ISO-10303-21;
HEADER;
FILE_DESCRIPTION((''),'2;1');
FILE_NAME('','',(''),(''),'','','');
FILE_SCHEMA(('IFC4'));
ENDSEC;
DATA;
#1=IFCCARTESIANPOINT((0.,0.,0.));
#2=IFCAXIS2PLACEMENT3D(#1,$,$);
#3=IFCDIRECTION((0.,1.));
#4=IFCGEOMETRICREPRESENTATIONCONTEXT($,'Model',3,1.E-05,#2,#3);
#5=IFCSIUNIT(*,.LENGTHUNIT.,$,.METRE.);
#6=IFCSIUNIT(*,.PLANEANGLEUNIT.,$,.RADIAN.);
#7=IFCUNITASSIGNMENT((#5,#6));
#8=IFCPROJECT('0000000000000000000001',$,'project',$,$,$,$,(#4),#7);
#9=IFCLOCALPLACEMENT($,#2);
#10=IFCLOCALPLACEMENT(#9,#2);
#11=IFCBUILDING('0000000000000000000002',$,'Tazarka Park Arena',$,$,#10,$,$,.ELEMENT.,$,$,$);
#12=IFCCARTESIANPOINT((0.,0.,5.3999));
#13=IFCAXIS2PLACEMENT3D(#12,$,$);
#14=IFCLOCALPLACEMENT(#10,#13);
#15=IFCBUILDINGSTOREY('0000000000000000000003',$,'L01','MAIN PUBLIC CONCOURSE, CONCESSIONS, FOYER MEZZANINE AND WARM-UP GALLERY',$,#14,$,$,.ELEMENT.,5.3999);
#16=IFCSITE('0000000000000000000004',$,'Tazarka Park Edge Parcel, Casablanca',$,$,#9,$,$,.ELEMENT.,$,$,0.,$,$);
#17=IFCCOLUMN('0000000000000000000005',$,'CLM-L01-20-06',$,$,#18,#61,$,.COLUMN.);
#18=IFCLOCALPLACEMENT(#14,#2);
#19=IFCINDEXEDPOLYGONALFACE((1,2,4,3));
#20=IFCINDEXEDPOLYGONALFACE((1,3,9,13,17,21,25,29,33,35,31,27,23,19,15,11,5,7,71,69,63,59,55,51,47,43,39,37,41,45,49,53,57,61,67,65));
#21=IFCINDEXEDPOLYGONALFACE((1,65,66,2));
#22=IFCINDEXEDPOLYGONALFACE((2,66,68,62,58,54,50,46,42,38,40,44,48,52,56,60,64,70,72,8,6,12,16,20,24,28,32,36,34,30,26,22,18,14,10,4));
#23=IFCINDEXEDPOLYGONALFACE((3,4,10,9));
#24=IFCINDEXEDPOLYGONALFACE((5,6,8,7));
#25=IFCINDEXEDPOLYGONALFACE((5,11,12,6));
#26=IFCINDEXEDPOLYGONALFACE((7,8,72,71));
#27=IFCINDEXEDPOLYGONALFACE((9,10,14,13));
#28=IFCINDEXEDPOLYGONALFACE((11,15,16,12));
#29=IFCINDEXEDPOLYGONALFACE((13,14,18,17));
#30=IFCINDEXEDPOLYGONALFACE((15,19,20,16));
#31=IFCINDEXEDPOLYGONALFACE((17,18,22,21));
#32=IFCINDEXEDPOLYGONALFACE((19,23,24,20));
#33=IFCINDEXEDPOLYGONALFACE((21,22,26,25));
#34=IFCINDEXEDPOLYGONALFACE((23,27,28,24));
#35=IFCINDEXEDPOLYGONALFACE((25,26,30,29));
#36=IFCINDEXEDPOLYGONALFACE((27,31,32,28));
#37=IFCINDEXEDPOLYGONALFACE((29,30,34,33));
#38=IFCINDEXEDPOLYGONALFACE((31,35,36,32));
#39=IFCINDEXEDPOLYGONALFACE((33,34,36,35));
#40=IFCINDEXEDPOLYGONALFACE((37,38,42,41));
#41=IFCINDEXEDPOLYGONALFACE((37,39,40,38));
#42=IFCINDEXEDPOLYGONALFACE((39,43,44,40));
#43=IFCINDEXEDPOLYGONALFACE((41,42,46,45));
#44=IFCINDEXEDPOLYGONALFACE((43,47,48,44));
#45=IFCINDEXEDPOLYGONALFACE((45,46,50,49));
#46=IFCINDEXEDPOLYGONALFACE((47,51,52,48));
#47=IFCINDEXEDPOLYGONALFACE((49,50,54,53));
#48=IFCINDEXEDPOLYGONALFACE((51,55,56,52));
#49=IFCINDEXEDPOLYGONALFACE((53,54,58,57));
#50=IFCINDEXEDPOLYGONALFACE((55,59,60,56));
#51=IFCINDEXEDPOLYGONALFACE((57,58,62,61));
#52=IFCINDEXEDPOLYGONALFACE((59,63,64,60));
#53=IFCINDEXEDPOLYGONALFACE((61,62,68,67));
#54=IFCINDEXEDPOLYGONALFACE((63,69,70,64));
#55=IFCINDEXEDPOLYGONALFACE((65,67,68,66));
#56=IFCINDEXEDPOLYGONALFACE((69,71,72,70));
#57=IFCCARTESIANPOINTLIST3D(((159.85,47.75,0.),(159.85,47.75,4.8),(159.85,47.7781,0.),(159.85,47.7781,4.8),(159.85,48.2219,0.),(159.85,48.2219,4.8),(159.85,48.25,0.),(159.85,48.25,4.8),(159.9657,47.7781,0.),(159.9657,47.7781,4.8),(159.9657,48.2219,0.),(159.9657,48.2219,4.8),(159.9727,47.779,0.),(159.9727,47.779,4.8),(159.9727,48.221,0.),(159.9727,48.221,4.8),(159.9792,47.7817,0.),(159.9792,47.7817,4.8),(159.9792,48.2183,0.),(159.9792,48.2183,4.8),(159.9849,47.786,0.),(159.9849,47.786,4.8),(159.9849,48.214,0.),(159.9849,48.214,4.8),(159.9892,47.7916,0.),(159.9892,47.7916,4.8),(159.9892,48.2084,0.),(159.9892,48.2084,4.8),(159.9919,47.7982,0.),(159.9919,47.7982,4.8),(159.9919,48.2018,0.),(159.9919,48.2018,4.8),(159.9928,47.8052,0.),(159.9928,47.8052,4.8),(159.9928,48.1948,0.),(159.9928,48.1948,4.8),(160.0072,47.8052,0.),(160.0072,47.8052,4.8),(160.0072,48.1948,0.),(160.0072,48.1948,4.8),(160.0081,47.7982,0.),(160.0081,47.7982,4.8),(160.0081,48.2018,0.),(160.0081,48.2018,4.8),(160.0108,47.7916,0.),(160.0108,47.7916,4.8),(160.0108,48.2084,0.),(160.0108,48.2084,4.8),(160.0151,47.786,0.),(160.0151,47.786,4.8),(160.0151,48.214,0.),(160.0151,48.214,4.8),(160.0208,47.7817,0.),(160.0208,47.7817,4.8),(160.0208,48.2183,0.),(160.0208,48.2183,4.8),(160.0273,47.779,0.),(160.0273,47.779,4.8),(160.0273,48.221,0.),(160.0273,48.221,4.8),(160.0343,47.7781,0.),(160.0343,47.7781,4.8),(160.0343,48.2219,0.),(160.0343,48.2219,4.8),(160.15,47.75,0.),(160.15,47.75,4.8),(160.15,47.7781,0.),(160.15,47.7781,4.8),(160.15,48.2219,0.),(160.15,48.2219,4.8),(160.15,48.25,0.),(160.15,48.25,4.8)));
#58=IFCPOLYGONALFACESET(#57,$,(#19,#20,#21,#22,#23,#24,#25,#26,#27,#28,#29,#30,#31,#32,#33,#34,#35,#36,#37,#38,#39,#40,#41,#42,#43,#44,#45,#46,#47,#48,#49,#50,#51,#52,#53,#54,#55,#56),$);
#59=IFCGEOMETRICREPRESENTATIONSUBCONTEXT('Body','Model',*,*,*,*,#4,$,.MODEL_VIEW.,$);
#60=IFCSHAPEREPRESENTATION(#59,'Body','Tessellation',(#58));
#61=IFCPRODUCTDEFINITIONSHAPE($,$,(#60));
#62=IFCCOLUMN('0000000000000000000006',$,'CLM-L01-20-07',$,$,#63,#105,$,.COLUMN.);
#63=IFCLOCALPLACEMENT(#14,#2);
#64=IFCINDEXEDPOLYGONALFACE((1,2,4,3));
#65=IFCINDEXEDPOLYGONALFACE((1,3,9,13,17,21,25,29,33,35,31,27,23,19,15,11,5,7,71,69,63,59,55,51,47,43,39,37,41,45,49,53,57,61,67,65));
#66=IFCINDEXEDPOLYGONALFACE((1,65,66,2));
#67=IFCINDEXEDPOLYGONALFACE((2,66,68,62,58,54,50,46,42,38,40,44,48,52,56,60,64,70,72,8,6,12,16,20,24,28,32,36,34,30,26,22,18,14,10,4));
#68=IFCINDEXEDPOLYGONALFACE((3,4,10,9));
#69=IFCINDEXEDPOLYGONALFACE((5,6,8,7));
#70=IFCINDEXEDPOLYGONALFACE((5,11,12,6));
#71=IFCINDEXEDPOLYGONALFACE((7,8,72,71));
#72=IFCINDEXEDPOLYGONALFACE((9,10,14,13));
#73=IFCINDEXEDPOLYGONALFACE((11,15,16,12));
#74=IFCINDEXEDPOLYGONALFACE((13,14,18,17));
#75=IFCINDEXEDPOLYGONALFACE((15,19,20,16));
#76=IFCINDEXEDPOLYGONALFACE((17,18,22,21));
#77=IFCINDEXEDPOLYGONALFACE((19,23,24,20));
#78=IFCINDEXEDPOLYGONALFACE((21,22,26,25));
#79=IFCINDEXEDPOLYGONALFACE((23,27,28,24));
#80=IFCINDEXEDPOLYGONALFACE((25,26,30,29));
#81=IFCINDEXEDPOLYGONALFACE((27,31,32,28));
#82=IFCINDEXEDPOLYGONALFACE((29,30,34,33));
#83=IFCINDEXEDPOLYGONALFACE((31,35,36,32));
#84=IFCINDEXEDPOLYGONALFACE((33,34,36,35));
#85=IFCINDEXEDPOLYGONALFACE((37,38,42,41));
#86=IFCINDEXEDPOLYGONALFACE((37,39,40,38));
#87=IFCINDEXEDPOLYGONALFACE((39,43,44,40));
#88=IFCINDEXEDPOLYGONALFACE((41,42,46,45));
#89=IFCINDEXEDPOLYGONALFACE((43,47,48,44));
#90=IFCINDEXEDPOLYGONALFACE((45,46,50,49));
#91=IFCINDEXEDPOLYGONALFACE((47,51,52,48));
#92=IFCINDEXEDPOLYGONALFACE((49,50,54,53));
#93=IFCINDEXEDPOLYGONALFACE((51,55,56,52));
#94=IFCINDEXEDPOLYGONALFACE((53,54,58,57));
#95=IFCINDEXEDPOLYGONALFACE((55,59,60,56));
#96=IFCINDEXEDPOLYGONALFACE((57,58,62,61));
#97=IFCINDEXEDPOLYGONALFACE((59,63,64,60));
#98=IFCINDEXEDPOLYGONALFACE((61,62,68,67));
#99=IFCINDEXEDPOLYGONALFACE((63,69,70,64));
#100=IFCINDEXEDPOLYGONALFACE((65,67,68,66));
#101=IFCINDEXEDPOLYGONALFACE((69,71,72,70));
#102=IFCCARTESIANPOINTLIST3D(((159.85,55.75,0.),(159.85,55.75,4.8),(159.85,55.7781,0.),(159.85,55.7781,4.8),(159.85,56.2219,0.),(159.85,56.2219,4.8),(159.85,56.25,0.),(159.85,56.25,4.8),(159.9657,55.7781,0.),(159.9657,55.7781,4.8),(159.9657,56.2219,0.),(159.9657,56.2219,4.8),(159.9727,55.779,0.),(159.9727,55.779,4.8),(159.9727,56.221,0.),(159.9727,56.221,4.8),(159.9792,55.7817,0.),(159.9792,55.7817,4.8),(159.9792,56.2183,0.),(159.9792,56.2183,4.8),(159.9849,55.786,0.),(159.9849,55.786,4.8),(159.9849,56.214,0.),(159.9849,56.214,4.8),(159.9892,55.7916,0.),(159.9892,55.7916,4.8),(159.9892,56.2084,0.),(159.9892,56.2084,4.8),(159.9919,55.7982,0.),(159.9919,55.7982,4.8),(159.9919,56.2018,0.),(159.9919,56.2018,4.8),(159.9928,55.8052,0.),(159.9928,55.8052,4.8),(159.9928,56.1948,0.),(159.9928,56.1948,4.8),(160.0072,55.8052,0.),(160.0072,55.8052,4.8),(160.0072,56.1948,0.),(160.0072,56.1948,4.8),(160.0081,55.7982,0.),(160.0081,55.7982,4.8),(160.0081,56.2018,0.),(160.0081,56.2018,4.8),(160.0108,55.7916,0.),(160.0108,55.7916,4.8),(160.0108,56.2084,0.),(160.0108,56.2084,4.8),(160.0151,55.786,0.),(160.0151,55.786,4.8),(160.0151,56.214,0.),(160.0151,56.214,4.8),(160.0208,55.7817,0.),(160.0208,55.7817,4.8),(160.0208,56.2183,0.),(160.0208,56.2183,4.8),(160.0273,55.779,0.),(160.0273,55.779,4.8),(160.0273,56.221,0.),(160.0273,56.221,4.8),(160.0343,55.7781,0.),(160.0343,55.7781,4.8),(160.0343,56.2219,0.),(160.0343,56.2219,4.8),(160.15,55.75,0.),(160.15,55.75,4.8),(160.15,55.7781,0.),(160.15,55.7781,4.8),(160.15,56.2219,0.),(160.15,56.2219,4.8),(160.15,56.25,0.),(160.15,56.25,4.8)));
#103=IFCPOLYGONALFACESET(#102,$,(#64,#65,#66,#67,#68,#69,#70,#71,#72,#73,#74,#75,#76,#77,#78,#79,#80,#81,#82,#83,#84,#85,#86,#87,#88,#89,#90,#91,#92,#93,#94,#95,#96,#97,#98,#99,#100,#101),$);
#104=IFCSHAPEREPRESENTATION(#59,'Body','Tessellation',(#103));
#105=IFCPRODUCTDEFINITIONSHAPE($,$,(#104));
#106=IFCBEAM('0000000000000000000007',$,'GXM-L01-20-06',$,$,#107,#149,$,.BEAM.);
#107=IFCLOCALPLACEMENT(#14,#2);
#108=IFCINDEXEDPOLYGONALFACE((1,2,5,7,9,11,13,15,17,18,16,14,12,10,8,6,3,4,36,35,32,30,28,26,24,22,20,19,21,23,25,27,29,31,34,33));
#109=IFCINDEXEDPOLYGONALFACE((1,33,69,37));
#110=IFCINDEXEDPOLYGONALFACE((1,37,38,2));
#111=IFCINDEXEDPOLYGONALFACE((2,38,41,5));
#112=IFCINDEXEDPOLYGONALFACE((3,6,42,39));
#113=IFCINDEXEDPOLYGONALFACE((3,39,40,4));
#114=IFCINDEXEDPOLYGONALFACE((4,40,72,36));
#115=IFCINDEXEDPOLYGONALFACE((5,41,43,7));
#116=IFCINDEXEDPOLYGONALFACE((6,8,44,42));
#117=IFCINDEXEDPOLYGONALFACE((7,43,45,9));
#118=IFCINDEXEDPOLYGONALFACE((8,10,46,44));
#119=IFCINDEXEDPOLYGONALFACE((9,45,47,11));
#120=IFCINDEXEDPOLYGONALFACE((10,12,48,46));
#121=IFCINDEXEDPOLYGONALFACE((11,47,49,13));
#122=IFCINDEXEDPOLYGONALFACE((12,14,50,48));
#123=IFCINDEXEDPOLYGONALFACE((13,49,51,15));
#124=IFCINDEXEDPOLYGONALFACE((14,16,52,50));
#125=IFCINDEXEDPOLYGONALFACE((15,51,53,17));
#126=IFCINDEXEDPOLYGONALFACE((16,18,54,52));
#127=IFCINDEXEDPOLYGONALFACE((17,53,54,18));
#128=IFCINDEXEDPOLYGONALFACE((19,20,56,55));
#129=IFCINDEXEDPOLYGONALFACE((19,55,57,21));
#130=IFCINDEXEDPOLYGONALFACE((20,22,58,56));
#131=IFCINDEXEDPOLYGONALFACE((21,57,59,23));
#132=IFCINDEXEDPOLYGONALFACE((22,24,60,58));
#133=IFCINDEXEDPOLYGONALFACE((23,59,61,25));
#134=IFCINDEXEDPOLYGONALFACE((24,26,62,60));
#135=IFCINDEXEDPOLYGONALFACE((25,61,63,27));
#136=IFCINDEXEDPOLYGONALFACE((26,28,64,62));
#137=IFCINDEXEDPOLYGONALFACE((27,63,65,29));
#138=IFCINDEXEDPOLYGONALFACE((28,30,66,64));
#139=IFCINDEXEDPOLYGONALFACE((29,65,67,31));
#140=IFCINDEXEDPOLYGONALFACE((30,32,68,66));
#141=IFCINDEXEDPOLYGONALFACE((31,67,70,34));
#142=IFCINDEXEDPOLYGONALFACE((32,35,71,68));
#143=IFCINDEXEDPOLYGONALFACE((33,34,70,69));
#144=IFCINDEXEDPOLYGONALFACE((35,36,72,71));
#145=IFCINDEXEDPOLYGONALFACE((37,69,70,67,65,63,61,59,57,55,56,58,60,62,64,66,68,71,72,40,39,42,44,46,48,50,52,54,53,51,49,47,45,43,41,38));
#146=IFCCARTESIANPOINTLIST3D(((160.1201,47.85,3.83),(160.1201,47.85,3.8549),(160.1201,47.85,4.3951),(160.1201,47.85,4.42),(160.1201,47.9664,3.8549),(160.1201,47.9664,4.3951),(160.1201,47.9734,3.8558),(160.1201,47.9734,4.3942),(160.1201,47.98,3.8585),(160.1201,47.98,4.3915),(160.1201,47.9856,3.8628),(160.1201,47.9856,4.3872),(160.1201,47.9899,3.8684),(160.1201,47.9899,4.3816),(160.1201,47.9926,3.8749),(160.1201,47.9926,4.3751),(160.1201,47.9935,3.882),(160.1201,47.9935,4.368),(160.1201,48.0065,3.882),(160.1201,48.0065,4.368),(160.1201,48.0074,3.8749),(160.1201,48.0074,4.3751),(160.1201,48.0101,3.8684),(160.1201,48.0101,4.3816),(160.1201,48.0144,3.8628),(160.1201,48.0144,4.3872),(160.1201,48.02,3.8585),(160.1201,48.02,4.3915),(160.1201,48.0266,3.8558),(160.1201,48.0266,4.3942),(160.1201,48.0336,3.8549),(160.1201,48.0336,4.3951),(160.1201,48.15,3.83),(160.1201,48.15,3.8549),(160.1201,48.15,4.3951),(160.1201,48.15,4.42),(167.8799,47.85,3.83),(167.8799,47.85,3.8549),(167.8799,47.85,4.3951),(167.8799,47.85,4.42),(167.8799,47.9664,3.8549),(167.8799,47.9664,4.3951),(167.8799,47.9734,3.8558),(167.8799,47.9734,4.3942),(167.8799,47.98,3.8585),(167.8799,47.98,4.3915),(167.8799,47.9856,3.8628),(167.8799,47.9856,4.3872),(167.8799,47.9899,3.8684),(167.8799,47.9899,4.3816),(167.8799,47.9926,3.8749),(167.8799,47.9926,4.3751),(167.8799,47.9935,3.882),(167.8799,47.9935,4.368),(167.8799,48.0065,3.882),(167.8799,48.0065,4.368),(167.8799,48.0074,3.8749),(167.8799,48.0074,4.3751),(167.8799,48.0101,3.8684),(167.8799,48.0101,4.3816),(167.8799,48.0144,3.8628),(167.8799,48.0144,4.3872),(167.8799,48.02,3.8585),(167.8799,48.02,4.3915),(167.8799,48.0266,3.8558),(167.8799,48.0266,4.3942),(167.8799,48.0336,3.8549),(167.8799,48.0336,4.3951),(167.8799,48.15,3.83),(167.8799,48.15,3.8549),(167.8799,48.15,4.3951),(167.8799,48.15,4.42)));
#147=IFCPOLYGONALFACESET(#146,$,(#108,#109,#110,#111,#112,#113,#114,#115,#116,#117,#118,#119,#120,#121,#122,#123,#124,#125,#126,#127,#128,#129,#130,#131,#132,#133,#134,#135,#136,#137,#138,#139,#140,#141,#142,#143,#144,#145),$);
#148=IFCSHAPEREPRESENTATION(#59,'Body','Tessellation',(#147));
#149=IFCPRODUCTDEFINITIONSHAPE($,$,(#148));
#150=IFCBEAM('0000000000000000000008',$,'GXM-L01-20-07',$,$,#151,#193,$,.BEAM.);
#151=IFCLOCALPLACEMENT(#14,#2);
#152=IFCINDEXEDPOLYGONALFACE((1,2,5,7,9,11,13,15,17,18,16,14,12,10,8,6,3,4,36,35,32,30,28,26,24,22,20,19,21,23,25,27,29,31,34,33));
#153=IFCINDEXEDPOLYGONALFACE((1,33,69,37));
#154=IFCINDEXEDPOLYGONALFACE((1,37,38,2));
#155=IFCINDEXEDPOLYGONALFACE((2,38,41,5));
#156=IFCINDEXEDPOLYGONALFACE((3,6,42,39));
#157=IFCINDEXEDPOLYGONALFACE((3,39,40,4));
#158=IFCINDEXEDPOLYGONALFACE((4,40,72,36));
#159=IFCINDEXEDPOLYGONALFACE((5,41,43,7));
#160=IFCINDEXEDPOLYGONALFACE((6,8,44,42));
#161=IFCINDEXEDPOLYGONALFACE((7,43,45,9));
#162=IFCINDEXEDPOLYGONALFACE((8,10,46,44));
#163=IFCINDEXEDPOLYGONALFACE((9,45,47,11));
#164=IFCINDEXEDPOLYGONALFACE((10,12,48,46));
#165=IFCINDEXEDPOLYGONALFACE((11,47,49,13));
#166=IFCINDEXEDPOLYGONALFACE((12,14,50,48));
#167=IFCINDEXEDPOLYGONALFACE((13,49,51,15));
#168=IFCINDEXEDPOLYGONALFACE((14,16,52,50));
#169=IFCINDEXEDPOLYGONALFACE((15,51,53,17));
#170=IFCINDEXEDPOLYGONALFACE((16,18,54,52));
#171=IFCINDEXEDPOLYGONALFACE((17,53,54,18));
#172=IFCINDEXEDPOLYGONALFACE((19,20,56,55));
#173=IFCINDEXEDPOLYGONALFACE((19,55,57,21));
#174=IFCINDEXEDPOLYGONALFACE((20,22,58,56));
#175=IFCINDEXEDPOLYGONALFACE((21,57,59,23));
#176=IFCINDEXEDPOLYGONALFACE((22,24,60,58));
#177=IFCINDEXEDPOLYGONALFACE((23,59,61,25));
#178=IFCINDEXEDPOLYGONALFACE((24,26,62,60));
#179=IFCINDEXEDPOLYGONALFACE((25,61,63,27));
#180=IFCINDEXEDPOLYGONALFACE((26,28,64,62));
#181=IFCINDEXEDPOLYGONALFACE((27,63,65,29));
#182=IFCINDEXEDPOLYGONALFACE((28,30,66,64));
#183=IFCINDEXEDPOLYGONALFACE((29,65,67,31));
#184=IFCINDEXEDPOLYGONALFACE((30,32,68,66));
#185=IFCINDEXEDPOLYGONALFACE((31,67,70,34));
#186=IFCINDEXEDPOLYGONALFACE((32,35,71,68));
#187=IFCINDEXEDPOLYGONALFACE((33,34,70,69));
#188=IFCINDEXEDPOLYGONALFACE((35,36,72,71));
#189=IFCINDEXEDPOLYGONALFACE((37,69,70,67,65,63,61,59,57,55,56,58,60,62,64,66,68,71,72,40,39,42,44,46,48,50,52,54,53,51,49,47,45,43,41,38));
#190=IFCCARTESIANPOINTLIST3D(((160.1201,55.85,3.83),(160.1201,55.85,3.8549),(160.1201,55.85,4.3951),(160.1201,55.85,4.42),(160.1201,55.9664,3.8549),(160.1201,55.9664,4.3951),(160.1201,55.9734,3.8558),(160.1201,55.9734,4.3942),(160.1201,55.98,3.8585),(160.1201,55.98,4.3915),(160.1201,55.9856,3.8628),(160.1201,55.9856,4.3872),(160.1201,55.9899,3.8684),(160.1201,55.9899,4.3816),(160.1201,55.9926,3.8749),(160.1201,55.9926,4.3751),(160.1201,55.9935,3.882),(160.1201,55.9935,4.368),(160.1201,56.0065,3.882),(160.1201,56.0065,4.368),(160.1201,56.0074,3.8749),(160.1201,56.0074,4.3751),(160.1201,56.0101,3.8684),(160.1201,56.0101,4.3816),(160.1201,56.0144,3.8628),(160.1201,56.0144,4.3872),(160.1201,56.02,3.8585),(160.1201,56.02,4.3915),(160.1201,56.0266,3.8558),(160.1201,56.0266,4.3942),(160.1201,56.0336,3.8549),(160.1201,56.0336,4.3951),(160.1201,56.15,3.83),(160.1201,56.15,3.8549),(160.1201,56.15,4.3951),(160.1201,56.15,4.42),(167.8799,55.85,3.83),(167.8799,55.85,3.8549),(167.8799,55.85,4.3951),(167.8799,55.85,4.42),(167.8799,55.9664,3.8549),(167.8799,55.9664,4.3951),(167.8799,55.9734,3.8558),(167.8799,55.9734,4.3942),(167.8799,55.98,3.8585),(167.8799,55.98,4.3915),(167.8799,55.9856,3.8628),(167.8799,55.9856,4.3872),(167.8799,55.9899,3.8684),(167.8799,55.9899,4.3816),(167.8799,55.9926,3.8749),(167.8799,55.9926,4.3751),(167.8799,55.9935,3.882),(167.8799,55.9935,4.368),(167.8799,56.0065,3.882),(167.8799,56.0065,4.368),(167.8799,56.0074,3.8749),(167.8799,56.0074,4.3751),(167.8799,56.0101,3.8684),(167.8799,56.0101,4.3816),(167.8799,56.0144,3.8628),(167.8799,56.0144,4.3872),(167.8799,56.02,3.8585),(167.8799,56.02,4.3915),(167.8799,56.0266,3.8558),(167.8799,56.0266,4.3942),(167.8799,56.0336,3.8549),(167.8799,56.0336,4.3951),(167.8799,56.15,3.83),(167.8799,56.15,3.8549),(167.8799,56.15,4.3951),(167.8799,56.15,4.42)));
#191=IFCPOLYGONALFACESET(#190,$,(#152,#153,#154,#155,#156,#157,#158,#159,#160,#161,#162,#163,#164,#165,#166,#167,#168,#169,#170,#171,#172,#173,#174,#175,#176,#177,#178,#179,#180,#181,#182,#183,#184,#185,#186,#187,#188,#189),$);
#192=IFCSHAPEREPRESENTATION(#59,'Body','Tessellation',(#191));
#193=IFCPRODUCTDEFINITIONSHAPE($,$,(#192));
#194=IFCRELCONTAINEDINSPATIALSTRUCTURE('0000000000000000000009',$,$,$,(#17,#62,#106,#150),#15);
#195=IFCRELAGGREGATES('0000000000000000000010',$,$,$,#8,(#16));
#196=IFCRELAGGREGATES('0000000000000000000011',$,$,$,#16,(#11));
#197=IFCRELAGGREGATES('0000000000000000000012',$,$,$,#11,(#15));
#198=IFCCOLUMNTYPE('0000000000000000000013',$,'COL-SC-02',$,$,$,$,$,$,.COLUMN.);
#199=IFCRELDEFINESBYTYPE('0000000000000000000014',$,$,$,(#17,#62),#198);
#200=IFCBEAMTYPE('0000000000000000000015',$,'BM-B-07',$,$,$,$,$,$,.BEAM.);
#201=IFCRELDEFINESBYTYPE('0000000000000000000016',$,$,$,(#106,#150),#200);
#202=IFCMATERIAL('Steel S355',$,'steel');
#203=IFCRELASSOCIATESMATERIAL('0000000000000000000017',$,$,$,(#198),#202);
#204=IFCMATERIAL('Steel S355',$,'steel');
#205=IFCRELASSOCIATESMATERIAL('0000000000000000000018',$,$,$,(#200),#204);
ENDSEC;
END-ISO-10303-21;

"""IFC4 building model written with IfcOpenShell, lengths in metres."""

from ifc_helpers import new_model, si_unit, direction, frame, origin, origin_2d, place, context, subcontext, project, spatial, i_section, extrude, material, material_profile, profile_set, type_object, element, save


model = new_model("IFC4")

# Units and contexts
model_context = context("Model", 3, precision=1e-05, world=origin(), true_north=direction((0.0, 1.0)))
body_context = subcontext(model_context, "Body", "Model", "MODEL_VIEW")
ifc_project = project(units=[si_unit("LENGTHUNIT", "METRE"), si_unit("PLANEANGLEUNIT", "RADIAN")], contexts=[model_context])

# Site, building, storey
site_placement = place(None, origin())
site = spatial("IfcSite", under=ifc_project, at=site_placement, Name="Tazarka Park Edge Parcel, Casablanca", CompositionType="ELEMENT", RefElevation=0.0)
building_placement = place(site_placement, origin())
building = spatial("IfcBuilding", under=site, at=building_placement, Name="Tazarka Park Arena", CompositionType="ELEMENT")
storey_placement = place(building_placement, frame((0.0, 0.0, 5.3999)))
storey = spatial("IfcBuildingStorey", under=building, at=storey_placement, Name="L01", Description="MAIN PUBLIC CONCOURSE, CONCESSIONS, FOYER MEZZANINE AND WARM-UP GALLERY", CompositionType="ELEMENT", Elevation=5.3999)

# Columns
ifc_material_1 = material(Name="Steel S355", Category="steel")
ifc_material_profile_1 = material_profile(ifc_material_1, i_section(OverallWidth=0.3, OverallDepth=0.5, WebThickness=0.0144, FlangeThickness=0.0281, FilletRadius=0.0271, at=origin_2d()), Name="Steel S355")
ifc_profile_set_1 = profile_set([ifc_material_profile_1], Name="Steel S355")
column_type = type_object("IfcColumnType", Name="COL-SC-02", PredefinedType="COLUMN", material=ifc_profile_set_1)
for number, where, z_axis, x_axis, name in (
    (1, (160.0, 48.0, 0.0), (0.0, 0.0, 1.0), (1.0, 0.0, 0.0), "CLM-L01-20-06"),
    (2, (160.0, 56.0, 0.0), (0.0, 0.0, 1.0), (1.0, 0.0, 0.0), "CLM-L01-20-07"),
):
    element("IfcColumn", number, at=place(storey_placement, frame(where, z_axis=z_axis, x_axis=x_axis)), inside=storey, type_object=column_type, Name=name, PredefinedType="COLUMN", context=body_context, shape_type="SweptSolid", body=[
        extrude(i_section(OverallWidth=0.3, OverallDepth=0.5, WebThickness=0.0144, FlangeThickness=0.0281, FilletRadius=0.0271, at=origin_2d()), origin(), (0.0, 0.0, 1.0), 4.8),
    ])

# Beams
ifc_material_2 = material(Name="Steel S355", Category="steel")
ifc_material_profile_2 = material_profile(ifc_material_2, i_section(OverallWidth=0.3, OverallDepth=0.5901, WebThickness=0.0129, FlangeThickness=0.0249, FilletRadius=0.0271, at=origin_2d()), Name="Steel S355")
ifc_profile_set_2 = profile_set([ifc_material_profile_2], Name="Steel S355")
beam_type_1 = type_object("IfcBeamType", Name="BM-B-07", PredefinedType="BEAM", material=ifc_profile_set_2)
for number, where, z_axis, x_axis, name in (
    (3, (160.1201, 48.0, 4.125), (1.0, 0.0, 0.0), (0.0, 1.0, 0.0), "GXM-L01-20-06"),
    (4, (160.1201, 56.0, 4.125), (1.0, 0.0, 0.0), (0.0, 1.0, 0.0), "GXM-L01-20-07"),
):
    element("IfcBeam", number, at=place(storey_placement, frame(where, z_axis=z_axis, x_axis=x_axis)), inside=storey, type_object=beam_type_1, Name=name, PredefinedType="BEAM", context=body_context, shape_type="SweptSolid", body=[
        extrude(i_section(OverallWidth=0.3, OverallDepth=0.5901, WebThickness=0.0129, FlangeThickness=0.0249, FilletRadius=0.0271, at=origin_2d()), origin(), (0.0, 0.0, 1.0), 7.7598),
    ])

save(model, "model.ifc")
